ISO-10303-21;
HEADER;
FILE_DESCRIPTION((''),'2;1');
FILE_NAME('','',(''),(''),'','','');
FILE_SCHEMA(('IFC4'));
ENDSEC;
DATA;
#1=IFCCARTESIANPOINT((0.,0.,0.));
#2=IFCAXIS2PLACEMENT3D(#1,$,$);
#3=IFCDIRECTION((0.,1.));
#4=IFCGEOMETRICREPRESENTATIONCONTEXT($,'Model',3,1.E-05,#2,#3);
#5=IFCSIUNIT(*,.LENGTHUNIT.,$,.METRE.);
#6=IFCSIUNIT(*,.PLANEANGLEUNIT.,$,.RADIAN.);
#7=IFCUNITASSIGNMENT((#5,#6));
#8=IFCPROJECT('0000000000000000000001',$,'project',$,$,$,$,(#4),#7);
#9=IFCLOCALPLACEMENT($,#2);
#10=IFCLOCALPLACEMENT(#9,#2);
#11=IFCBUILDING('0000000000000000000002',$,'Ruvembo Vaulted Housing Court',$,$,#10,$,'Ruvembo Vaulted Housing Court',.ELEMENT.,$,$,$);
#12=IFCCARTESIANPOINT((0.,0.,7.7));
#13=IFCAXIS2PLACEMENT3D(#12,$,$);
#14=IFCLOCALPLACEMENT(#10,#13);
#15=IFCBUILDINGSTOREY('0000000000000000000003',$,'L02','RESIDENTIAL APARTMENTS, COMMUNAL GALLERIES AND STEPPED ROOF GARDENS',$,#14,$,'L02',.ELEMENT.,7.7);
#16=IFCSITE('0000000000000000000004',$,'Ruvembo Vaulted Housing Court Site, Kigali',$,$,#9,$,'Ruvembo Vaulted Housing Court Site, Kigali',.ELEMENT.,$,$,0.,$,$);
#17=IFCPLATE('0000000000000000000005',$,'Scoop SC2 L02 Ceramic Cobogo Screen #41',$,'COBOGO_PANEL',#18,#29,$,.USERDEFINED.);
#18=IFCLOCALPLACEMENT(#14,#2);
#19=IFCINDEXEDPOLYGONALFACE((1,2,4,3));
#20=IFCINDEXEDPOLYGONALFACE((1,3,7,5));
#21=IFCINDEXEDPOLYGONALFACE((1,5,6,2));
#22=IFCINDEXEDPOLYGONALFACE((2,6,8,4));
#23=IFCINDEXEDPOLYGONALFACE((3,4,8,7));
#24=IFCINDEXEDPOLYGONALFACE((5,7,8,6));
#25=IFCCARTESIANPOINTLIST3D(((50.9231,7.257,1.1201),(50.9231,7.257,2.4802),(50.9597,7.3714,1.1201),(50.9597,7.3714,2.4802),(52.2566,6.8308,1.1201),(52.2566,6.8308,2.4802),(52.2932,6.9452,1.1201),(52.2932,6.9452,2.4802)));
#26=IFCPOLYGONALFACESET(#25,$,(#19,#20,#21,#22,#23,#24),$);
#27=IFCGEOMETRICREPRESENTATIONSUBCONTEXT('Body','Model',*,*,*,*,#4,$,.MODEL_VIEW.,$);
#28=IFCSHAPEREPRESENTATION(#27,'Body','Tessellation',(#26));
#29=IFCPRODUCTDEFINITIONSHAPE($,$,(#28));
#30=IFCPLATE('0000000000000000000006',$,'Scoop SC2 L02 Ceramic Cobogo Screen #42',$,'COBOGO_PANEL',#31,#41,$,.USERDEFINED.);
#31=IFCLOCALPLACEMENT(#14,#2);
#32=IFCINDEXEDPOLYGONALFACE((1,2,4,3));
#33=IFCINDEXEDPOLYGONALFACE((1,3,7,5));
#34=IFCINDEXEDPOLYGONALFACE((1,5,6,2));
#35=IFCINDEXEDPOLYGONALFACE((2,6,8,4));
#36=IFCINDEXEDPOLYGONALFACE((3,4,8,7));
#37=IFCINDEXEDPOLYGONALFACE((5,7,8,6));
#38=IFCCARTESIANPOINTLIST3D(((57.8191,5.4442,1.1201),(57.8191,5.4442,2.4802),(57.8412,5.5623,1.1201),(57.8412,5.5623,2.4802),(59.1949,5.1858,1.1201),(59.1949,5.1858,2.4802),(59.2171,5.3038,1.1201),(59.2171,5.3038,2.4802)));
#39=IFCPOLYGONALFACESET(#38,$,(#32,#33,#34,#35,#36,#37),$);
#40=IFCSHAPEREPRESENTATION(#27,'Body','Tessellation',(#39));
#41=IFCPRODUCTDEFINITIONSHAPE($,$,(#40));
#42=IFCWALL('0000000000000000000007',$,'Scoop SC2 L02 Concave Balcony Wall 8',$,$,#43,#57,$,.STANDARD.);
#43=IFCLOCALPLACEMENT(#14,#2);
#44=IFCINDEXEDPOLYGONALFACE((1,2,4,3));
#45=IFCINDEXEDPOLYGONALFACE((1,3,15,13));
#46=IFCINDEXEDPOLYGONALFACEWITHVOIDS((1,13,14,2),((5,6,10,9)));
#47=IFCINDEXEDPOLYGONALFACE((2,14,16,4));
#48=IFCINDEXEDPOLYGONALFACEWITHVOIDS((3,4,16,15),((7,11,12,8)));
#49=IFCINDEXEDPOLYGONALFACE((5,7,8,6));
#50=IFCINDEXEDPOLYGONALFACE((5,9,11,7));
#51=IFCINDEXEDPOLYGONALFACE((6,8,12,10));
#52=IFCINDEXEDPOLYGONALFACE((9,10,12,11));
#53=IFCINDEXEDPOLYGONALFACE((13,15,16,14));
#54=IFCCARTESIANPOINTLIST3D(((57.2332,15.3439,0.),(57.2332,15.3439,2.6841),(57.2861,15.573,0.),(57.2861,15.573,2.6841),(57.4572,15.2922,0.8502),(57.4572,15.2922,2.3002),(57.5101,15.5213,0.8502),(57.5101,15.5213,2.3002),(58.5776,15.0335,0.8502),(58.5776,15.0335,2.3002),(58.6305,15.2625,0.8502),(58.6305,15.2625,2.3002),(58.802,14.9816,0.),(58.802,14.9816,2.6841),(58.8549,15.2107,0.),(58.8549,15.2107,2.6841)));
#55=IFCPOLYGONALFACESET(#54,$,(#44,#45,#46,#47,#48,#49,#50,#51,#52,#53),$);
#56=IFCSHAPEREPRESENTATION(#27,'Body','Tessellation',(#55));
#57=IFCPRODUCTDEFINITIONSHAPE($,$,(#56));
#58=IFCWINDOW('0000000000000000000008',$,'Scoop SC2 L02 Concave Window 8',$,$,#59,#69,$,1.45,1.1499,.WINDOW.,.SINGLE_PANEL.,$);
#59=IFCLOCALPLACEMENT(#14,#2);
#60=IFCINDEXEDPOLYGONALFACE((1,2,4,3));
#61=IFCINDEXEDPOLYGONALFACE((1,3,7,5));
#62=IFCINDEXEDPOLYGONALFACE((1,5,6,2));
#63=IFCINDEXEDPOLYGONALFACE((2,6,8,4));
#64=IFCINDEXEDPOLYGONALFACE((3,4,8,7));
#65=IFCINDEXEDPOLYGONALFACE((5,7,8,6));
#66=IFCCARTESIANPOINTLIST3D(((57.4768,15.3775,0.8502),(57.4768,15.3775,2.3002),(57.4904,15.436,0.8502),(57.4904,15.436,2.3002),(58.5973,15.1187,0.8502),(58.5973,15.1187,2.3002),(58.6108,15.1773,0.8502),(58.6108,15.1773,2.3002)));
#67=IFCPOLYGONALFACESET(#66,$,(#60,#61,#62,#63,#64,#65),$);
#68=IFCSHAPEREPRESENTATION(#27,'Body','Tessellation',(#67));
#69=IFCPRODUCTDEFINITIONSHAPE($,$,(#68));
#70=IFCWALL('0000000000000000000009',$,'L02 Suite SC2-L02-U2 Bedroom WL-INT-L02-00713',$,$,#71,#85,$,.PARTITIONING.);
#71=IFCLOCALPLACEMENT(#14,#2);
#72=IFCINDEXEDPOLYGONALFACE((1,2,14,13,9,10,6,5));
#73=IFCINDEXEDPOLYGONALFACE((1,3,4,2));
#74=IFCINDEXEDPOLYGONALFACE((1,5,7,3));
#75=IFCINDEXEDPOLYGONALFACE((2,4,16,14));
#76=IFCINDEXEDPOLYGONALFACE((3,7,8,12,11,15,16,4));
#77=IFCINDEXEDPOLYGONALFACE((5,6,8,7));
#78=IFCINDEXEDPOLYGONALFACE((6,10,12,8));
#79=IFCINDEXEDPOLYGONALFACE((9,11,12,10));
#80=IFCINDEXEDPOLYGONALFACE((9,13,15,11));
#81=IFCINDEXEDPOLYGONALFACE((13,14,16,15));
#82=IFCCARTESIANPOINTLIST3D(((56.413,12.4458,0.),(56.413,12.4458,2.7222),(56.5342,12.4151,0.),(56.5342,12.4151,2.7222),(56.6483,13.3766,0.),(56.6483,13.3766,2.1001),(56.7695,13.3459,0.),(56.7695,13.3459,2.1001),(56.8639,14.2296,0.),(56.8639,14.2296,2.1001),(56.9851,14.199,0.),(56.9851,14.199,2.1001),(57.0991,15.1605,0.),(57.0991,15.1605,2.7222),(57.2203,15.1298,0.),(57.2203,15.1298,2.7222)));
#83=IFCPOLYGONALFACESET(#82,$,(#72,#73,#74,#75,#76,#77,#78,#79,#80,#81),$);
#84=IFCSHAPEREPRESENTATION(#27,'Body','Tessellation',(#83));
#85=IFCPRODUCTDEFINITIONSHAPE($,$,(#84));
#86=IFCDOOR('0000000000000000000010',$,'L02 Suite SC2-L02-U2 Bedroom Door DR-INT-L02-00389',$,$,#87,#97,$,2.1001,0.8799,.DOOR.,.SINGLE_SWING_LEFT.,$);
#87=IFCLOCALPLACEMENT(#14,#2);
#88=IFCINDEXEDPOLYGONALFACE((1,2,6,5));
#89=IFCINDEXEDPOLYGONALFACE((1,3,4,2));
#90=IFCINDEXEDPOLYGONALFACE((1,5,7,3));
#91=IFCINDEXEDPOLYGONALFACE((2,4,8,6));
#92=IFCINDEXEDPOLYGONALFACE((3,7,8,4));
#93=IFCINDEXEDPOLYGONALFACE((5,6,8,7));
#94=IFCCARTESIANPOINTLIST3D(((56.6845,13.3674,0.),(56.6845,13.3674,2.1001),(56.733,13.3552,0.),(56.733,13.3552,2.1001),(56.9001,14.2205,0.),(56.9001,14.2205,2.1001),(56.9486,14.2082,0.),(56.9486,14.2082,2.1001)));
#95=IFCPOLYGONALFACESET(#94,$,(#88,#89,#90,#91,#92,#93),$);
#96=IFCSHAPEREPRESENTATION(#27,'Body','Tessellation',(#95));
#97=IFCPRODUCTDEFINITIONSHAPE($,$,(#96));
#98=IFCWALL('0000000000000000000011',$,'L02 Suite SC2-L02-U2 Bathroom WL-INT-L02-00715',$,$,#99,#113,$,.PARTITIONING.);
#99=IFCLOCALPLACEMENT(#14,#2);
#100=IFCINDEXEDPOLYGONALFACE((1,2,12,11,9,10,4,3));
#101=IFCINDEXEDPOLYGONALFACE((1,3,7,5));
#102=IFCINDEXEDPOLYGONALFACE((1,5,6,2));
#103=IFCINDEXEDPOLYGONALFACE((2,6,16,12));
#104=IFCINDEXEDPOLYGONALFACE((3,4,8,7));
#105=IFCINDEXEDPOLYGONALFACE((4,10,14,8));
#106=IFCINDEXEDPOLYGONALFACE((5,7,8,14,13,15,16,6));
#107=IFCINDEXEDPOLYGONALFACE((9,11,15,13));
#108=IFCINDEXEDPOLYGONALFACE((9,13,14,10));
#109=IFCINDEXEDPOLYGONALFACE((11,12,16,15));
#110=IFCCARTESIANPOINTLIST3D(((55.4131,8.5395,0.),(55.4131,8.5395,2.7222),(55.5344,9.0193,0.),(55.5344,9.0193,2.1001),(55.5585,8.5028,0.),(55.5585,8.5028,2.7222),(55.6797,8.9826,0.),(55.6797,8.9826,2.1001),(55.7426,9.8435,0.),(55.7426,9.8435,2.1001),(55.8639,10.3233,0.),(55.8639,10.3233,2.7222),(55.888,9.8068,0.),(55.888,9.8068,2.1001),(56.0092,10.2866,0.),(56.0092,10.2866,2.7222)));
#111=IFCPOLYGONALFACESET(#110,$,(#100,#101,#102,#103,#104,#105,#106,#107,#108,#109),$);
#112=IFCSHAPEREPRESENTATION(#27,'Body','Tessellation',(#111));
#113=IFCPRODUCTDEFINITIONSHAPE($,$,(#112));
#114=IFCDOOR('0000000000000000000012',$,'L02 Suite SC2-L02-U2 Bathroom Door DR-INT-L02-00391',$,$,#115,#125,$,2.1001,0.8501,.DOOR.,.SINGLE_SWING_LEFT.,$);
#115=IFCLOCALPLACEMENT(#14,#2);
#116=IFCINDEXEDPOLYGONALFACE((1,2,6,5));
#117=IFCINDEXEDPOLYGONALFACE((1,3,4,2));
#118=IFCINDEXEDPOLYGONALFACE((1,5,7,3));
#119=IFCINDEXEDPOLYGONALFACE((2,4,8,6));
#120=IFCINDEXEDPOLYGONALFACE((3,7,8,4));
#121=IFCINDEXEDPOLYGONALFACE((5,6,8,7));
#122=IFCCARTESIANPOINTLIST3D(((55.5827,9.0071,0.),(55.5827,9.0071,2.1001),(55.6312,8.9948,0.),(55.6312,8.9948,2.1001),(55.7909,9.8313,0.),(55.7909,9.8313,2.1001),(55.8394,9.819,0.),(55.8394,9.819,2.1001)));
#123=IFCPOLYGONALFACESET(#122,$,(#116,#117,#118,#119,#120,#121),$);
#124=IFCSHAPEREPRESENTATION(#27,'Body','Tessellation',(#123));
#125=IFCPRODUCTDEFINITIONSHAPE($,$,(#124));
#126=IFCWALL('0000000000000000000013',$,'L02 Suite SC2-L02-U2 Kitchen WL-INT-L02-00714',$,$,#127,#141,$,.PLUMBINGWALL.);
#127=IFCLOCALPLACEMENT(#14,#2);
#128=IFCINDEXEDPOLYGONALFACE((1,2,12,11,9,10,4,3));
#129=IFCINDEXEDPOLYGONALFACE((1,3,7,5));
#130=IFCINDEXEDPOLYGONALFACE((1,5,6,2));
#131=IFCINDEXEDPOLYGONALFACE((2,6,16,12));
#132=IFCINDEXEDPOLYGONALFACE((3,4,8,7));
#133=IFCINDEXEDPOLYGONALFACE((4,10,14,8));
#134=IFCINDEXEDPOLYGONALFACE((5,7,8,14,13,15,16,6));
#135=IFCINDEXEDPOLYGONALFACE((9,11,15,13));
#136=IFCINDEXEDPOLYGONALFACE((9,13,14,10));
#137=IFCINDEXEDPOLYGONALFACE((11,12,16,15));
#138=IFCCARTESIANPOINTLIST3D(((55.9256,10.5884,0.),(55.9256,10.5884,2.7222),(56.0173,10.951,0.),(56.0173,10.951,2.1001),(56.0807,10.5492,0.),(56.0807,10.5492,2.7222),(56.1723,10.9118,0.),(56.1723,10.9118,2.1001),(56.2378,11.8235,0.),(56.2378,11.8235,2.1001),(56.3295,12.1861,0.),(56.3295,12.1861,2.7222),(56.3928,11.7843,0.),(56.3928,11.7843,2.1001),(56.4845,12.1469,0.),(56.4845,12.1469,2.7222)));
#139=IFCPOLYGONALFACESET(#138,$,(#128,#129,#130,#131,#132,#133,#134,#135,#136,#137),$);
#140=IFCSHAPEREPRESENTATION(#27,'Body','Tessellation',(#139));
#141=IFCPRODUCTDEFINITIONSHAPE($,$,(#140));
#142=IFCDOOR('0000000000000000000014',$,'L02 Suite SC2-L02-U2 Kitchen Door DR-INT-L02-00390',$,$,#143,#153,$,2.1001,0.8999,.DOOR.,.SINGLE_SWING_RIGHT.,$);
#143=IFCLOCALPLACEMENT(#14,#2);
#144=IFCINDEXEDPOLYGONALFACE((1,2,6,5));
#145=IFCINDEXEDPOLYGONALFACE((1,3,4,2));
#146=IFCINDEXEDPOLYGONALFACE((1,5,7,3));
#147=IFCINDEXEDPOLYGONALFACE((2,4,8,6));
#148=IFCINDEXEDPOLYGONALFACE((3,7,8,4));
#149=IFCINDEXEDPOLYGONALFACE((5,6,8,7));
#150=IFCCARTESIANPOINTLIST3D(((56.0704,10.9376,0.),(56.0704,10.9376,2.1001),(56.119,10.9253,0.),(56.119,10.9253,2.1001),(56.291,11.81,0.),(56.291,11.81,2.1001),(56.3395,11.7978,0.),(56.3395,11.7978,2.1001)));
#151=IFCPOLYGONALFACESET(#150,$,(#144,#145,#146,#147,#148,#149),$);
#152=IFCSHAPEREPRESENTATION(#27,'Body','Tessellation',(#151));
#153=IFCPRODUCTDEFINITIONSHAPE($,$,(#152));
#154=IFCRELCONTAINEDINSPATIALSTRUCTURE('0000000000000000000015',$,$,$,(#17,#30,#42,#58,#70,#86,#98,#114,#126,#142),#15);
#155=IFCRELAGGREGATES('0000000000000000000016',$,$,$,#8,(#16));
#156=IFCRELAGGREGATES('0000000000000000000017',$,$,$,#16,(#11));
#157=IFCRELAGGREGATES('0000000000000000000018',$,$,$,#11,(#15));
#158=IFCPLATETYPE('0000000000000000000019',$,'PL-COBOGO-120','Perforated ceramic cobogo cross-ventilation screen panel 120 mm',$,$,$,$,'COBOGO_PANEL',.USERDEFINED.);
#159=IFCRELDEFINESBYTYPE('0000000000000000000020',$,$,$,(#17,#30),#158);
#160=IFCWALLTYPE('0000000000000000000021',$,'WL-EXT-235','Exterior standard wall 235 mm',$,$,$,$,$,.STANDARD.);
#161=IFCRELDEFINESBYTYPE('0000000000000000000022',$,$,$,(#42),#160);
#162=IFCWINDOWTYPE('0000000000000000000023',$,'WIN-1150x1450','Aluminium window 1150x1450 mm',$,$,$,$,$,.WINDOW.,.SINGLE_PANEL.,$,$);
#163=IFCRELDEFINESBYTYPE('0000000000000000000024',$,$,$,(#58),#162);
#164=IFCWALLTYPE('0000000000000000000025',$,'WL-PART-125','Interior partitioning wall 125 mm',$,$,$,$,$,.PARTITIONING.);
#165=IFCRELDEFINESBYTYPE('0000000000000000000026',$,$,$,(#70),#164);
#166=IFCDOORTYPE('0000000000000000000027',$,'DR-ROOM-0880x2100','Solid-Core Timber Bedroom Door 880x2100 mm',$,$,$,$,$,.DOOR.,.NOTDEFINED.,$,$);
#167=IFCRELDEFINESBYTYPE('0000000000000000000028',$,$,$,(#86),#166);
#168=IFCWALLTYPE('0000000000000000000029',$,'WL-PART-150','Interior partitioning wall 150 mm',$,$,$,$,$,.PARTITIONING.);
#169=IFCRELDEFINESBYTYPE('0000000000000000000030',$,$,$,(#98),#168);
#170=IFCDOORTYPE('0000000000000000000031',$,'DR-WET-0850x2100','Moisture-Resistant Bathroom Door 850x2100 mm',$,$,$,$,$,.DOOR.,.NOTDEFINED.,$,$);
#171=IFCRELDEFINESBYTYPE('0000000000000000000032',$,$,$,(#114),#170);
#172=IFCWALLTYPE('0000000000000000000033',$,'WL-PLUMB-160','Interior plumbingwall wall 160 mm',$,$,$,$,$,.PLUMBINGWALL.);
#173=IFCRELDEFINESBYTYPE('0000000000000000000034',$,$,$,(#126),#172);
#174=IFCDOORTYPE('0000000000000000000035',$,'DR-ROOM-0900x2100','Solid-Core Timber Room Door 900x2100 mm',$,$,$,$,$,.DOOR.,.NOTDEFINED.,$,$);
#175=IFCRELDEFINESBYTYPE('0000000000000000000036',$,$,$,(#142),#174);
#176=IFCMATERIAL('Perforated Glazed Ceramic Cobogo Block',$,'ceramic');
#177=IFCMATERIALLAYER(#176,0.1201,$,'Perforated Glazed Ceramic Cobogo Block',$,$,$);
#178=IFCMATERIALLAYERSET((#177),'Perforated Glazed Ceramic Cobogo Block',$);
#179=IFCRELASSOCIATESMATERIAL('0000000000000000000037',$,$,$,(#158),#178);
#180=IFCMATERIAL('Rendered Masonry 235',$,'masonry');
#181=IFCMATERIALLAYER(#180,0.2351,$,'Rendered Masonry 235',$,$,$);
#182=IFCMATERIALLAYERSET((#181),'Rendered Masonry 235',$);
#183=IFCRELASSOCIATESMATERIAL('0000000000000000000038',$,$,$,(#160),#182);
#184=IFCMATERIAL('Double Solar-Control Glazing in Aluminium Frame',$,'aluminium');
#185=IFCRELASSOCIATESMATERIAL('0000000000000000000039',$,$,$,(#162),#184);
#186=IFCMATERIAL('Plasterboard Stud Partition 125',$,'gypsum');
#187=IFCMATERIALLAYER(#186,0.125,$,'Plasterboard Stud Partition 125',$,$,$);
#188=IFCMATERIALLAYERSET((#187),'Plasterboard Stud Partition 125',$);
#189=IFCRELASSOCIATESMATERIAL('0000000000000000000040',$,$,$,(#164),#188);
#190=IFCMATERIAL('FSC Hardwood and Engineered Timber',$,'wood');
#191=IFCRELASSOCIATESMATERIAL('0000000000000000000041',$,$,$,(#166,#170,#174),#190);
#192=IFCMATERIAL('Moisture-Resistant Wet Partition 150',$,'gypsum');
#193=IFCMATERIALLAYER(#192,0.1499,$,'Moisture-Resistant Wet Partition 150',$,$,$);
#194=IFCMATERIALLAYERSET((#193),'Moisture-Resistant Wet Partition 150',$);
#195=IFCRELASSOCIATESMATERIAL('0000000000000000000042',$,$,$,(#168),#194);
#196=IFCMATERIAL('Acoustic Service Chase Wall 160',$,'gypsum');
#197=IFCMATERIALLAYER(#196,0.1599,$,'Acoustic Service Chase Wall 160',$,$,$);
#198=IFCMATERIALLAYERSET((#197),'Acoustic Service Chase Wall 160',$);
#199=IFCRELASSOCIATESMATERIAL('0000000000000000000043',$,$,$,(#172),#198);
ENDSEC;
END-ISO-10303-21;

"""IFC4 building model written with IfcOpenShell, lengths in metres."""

from ifc_helpers import new_model, si_unit, direction, frame, frame_2d, origin, origin_2d, place, context, subcontext, project, spatial, rectangle, extrude, material, layer, layer_set, type_object, element, fill, save


model = new_model("IFC4")

# Units and contexts
model_context = context("Model", 3, precision=1e-05, world=origin(), true_north=direction((0.0, 1.0)))
body_context = subcontext(model_context, "Body", "Model", "MODEL_VIEW")
ifc_project = project(units=[si_unit("LENGTHUNIT", "METRE"), si_unit("PLANEANGLEUNIT", "RADIAN")], contexts=[model_context])

# Site, building, storey
site_placement = place(None, origin())
site = spatial("IfcSite", under=ifc_project, at=site_placement, Name="Ruvembo Vaulted Housing Court Site, Kigali", LongName="Ruvembo Vaulted Housing Court Site, Kigali", CompositionType="ELEMENT", RefElevation=0.0)
building_placement = place(site_placement, origin())
building = spatial("IfcBuilding", under=site, at=building_placement, Name="Ruvembo Vaulted Housing Court", LongName="Ruvembo Vaulted Housing Court", CompositionType="ELEMENT")
storey_placement = place(building_placement, frame((0.0, 0.0, 7.7)))
storey = spatial("IfcBuildingStorey", under=building, at=storey_placement, Name="L02", Description="RESIDENTIAL APARTMENTS, COMMUNAL GALLERIES AND STEPPED ROOF GARDENS", LongName="L02", CompositionType="ELEMENT", Elevation=7.7)

# Plates
ifc_material_1 = material(Name="Perforated Glazed Ceramic Cobogo Block", Category="ceramic")
ifc_layer_1 = layer(ifc_material_1, 0.1201, Name="Perforated Glazed Ceramic Cobogo Block")
ifc_layer_set_1 = layer_set([ifc_layer_1], Name="Perforated Glazed Ceramic Cobogo Block")
plate_type = type_object("IfcPlateType", Name="PL-COBOGO-120", Description="Perforated ceramic cobogo cross-ventilation screen panel 120 mm", ElementType="COBOGO_PANEL", PredefinedType="USERDEFINED", material=ifc_layer_set_1)
for number, where, z_axis, x_axis, name in (
    (1, (51.6082, 7.1011, 1.1201), (0.0, 0.0, 1.0), (0.952523, -0.304465, 0.0), "Scoop SC2 L02 Ceramic Cobogo Screen #41"),
    (2, (58.5181, 5.374, 1.1201), (0.0, 0.0, 1.0), (0.982816, -0.184586, 0.0), "Scoop SC2 L02 Ceramic Cobogo Screen #42"),
):
    element("IfcPlate", number, at=place(storey_placement, frame(where, z_axis=z_axis, x_axis=x_axis)), inside=storey, type_object=plate_type, Name=name, ObjectType="COBOGO_PANEL", PredefinedType="USERDEFINED", context=body_context, shape_type="SweptSolid", body=[
        extrude(rectangle(XDim=1.3999, YDim=0.1201, at=origin_2d()), origin(), (0.0, 0.0, 1.0), 1.3601),
    ])

# Shared definitions
ifc_material_2 = material(Name="FSC Hardwood and Engineered Timber", Category="wood")
ifc_material_3 = material(Name="Rendered Masonry 235", Category="masonry")
ifc_layer_2 = layer(ifc_material_3, 0.2351, Name="Rendered Masonry 235")
ifc_layer_set_2 = layer_set([ifc_layer_2], Name="Rendered Masonry 235")
wall_type_1 = type_object("IfcWallType", Name="WL-EXT-235", Description="Exterior standard wall 235 mm", PredefinedType="STANDARD", material=ifc_layer_set_2)

# Wall, opening, window
wall_1_placement = place(storey_placement, frame((57.2595, 15.4585, 0.0), z_axis=(0.0, 0.0, 1.0), x_axis=(0.974355, -0.225015, 0.0)))
wall_1 = element("IfcWall", 3, at=wall_1_placement, inside=storey, type_object=wall_type_1, Name="Scoop SC2 L02 Concave Balcony Wall 8", PredefinedType="STANDARD", context=body_context, shape_type="SweptSolid", body=[
    extrude(rectangle(XDim=1.6101, YDim=0.2351, at=frame_2d((0.8052, 0.0))), origin(), (0.0, 0.0, 1.0), 2.6841),
])
opening_1_placement = place(wall_1_placement, frame((0.23, 0.0, 0.8501)))
opening_1 = element("IfcOpeningElement", 4, at=opening_1_placement, cuts=wall_1, PredefinedType="OPENING", context=body_context, shape_type="SweptSolid", body=[
    extrude(rectangle(XDim=1.1499, YDim=1.45, at=frame_2d((0.575, 0.7251))), frame((0.0, 0.1274, 0.0), z_axis=(0.0, -1.0, 0.0), x_axis=(1.0, 0.0, 0.0)), (0.0, 0.0, 1.0), 0.2551),
])
ifc_material_4 = material(Name="Double Solar-Control Glazing in Aluminium Frame", Category="aluminium")
window_type = type_object("IfcWindowType", Name="WIN-1150x1450", Description="Aluminium window 1150x1450 mm", PartitioningType="SINGLE_PANEL", PredefinedType="WINDOW", material=ifc_material_4)
window_placement = place(opening_1_placement, origin())
window = element("IfcWindow", 5, at=window_placement, inside=storey, type_object=window_type, Name="Scoop SC2 L02 Concave Window 8", OverallHeight=1.45, OverallWidth=1.1499, PartitioningType="SINGLE_PANEL", PredefinedType="WINDOW", context=body_context, shape_type="SweptSolid", body=[
    extrude(rectangle(XDim=1.1499, YDim=1.45, at=frame_2d((0.575, 0.7251))), frame((0.0, 0.03, 0.0), z_axis=(0.0, -1.0, 0.0), x_axis=(1.0, 0.0, 0.0)), (0.0, 0.0, 1.0), 0.0601),
])
fill(opening_1, window)

# Walls, openings, doors
ifc_material_5 = material(Name="Plasterboard Stud Partition 125", Category="gypsum")
ifc_layer_3 = layer(ifc_material_5, 0.125, Name="Plasterboard Stud Partition 125")
ifc_layer_set_3 = layer_set([ifc_layer_3], Name="Plasterboard Stud Partition 125")
wall_type_2 = type_object("IfcWallType", Name="WL-PART-125", Description="Interior partitioning wall 125 mm", PredefinedType="PARTITIONING", material=ifc_layer_set_3)
wall_2_placement = place(storey_placement, frame((57.1597, 15.145, 0.0), z_axis=(0.0, 0.0, 1.0), x_axis=(-0.245017, -0.969519, 0.0)))
wall_2 = element("IfcWall", 6, at=wall_2_placement, inside=storey, type_object=wall_type_2, Name="L02 Suite SC2-L02-U2 Bedroom WL-INT-L02-00713", PredefinedType="PARTITIONING", context=body_context, shape_type="SweptSolid", body=[
    extrude(rectangle(XDim=2.8, YDim=0.125, at=frame_2d((1.3999, 0.0))), origin(), (0.0, 0.0, 1.0), 2.7222),
])
opening_2_placement = place(wall_2_placement, frame((0.96, 0.0, 0.0)))
opening_2 = element("IfcOpeningElement", 7, at=opening_2_placement, cuts=wall_2, PredefinedType="OPENING", context=body_context, shape_type="SweptSolid", body=[
    extrude(rectangle(XDim=0.8799, YDim=2.1001, at=frame_2d((0.4399, 1.05))), frame((0.0, 0.0725, 0.0), z_axis=(0.0, -1.0, 0.0), x_axis=(1.0, 0.0, 0.0)), (0.0, 0.0, 1.0), 0.145),
])
door_type_1 = type_object("IfcDoorType", Name="DR-ROOM-0880x2100", Description="Solid-Core Timber Bedroom Door 880x2100 mm", OperationType="NOTDEFINED", PredefinedType="DOOR", material=ifc_material_2)
door_1_placement = place(opening_2_placement, origin())
door_1 = element("IfcDoor", 8, at=door_1_placement, inside=storey, type_object=door_type_1, Name="L02 Suite SC2-L02-U2 Bedroom Door DR-INT-L02-00389", OperationType="SINGLE_SWING_LEFT", OverallHeight=2.1001, OverallWidth=0.8799, PredefinedType="DOOR", context=body_context, shape_type="SweptSolid", body=[
    extrude(rectangle(XDim=0.8799, YDim=2.1001, at=frame_2d((0.4399, 1.05))), frame((0.0, 0.0249, 0.0), z_axis=(0.0, -1.0, 0.0), x_axis=(1.0, 0.0, 0.0)), (0.0, 0.0, 1.0), 0.05),
])
fill(opening_2, door_1)
ifc_material_6 = material(Name="Moisture-Resistant Wet Partition 150", Category="gypsum")
ifc_layer_4 = layer(ifc_material_6, 0.1499, Name="Moisture-Resistant Wet Partition 150")
ifc_layer_set_4 = layer_set([ifc_layer_4], Name="Moisture-Resistant Wet Partition 150")
wall_type_3 = type_object("IfcWallType", Name="WL-PART-150", Description="Interior partitioning wall 150 mm", PredefinedType="PARTITIONING", material=ifc_layer_set_4)
wall_3_placement = place(storey_placement, frame((55.9365, 10.3049, 0.0), z_axis=(0.0, 0.0, 1.0), x_axis=(-0.24497, -0.969531, 0.0)))
wall_3 = element("IfcWall", 9, at=wall_3_placement, inside=storey, type_object=wall_type_3, Name="L02 Suite SC2-L02-U2 Bathroom WL-INT-L02-00715", PredefinedType="PARTITIONING", context=body_context, shape_type="SweptSolid", body=[
    extrude(rectangle(XDim=1.8398, YDim=0.1499, at=frame_2d((0.9199, 0.0))), origin(), (0.0, 0.0, 1.0), 2.7222),
])
opening_3_placement = place(wall_3_placement, frame((0.4949, 0.0, 0.0)))
opening_3 = element("IfcOpeningElement", 10, at=opening_3_placement, cuts=wall_3, PredefinedType="OPENING", context=body_context, shape_type="SweptSolid", body=[
    extrude(rectangle(XDim=0.8501, YDim=2.1001, at=frame_2d((0.425, 1.05))), frame((0.0, 0.085, 0.0), z_axis=(0.0, -1.0, 0.0), x_axis=(1.0, 0.0, 0.0)), (0.0, 0.0, 1.0), 0.1699),
])
door_type_2 = type_object("IfcDoorType", Name="DR-WET-0850x2100", Description="Moisture-Resistant Bathroom Door 850x2100 mm", OperationType="NOTDEFINED", PredefinedType="DOOR", material=ifc_material_2)
door_2_placement = place(opening_3_placement, origin())
door_2 = element("IfcDoor", 11, at=door_2_placement, inside=storey, type_object=door_type_2, Name="L02 Suite SC2-L02-U2 Bathroom Door DR-INT-L02-00391", OperationType="SINGLE_SWING_LEFT", OverallHeight=2.1001, OverallWidth=0.8501, PredefinedType="DOOR", context=body_context, shape_type="SweptSolid", body=[
    extrude(rectangle(XDim=0.8501, YDim=2.1001, at=frame_2d((0.425, 1.05))), frame((0.0, 0.0249, 0.0), z_axis=(0.0, -1.0, 0.0), x_axis=(1.0, 0.0, 0.0)), (0.0, 0.0, 1.0), 0.05),
])
fill(opening_3, door_2)
ifc_material_7 = material(Name="Acoustic Service Chase Wall 160", Category="gypsum")
ifc_layer_5 = layer(ifc_material_7, 0.1599, Name="Acoustic Service Chase Wall 160")
ifc_layer_set_5 = layer_set([ifc_layer_5], Name="Acoustic Service Chase Wall 160")
wall_type_4 = type_object("IfcWallType", Name="WL-PLUMB-160", Description="Interior plumbingwall wall 160 mm", PredefinedType="PLUMBINGWALL", material=ifc_layer_set_5)
wall_4_placement = place(storey_placement, frame((56.407, 12.1665, 0.0), z_axis=(0.0, 0.0, 1.0), x_axis=(-0.245045, -0.969512, 0.0)))
wall_4 = element("IfcWall", 12, at=wall_4_placement, inside=storey, type_object=wall_type_4, Name="L02 Suite SC2-L02-U2 Kitchen WL-INT-L02-00714", PredefinedType="PLUMBINGWALL", context=body_context, shape_type="SweptSolid", body=[
    extrude(rectangle(XDim=1.6479, YDim=0.1599, at=frame_2d((0.824, 0.0))), origin(), (0.0, 0.0, 1.0), 2.7222),
])
opening_4_placement = place(wall_4_placement, frame((0.374, 0.0, 0.0)))
opening_4 = element("IfcOpeningElement", 13, at=opening_4_placement, cuts=wall_4, PredefinedType="OPENING", context=body_context, shape_type="SweptSolid", body=[
    extrude(rectangle(XDim=0.8999, YDim=2.1001, at=frame_2d((0.45, 1.05))), frame((0.0, 0.0898, 0.0), z_axis=(0.0, -1.0, 0.0), x_axis=(1.0, 0.0, 0.0)), (0.0, 0.0, 1.0), 0.1799),
])
door_type_3 = type_object("IfcDoorType", Name="DR-ROOM-0900x2100", Description="Solid-Core Timber Room Door 900x2100 mm", OperationType="NOTDEFINED", PredefinedType="DOOR", material=ifc_material_2)
door_3_placement = place(opening_4_placement, origin())
door_3 = element("IfcDoor", 14, at=door_3_placement, inside=storey, type_object=door_type_3, Name="L02 Suite SC2-L02-U2 Kitchen Door DR-INT-L02-00390", OperationType="SINGLE_SWING_RIGHT", OverallHeight=2.1001, OverallWidth=0.8999, PredefinedType="DOOR", context=body_context, shape_type="SweptSolid", body=[
    extrude(rectangle(XDim=0.8999, YDim=2.1001, at=frame_2d((0.45, 1.05))), frame((0.0, 0.0249, 0.0), z_axis=(0.0, -1.0, 0.0), x_axis=(1.0, 0.0, 0.0)), (0.0, 0.0, 1.0), 0.05),
])
fill(opening_4, door_3)

save(model, "model.ifc")
